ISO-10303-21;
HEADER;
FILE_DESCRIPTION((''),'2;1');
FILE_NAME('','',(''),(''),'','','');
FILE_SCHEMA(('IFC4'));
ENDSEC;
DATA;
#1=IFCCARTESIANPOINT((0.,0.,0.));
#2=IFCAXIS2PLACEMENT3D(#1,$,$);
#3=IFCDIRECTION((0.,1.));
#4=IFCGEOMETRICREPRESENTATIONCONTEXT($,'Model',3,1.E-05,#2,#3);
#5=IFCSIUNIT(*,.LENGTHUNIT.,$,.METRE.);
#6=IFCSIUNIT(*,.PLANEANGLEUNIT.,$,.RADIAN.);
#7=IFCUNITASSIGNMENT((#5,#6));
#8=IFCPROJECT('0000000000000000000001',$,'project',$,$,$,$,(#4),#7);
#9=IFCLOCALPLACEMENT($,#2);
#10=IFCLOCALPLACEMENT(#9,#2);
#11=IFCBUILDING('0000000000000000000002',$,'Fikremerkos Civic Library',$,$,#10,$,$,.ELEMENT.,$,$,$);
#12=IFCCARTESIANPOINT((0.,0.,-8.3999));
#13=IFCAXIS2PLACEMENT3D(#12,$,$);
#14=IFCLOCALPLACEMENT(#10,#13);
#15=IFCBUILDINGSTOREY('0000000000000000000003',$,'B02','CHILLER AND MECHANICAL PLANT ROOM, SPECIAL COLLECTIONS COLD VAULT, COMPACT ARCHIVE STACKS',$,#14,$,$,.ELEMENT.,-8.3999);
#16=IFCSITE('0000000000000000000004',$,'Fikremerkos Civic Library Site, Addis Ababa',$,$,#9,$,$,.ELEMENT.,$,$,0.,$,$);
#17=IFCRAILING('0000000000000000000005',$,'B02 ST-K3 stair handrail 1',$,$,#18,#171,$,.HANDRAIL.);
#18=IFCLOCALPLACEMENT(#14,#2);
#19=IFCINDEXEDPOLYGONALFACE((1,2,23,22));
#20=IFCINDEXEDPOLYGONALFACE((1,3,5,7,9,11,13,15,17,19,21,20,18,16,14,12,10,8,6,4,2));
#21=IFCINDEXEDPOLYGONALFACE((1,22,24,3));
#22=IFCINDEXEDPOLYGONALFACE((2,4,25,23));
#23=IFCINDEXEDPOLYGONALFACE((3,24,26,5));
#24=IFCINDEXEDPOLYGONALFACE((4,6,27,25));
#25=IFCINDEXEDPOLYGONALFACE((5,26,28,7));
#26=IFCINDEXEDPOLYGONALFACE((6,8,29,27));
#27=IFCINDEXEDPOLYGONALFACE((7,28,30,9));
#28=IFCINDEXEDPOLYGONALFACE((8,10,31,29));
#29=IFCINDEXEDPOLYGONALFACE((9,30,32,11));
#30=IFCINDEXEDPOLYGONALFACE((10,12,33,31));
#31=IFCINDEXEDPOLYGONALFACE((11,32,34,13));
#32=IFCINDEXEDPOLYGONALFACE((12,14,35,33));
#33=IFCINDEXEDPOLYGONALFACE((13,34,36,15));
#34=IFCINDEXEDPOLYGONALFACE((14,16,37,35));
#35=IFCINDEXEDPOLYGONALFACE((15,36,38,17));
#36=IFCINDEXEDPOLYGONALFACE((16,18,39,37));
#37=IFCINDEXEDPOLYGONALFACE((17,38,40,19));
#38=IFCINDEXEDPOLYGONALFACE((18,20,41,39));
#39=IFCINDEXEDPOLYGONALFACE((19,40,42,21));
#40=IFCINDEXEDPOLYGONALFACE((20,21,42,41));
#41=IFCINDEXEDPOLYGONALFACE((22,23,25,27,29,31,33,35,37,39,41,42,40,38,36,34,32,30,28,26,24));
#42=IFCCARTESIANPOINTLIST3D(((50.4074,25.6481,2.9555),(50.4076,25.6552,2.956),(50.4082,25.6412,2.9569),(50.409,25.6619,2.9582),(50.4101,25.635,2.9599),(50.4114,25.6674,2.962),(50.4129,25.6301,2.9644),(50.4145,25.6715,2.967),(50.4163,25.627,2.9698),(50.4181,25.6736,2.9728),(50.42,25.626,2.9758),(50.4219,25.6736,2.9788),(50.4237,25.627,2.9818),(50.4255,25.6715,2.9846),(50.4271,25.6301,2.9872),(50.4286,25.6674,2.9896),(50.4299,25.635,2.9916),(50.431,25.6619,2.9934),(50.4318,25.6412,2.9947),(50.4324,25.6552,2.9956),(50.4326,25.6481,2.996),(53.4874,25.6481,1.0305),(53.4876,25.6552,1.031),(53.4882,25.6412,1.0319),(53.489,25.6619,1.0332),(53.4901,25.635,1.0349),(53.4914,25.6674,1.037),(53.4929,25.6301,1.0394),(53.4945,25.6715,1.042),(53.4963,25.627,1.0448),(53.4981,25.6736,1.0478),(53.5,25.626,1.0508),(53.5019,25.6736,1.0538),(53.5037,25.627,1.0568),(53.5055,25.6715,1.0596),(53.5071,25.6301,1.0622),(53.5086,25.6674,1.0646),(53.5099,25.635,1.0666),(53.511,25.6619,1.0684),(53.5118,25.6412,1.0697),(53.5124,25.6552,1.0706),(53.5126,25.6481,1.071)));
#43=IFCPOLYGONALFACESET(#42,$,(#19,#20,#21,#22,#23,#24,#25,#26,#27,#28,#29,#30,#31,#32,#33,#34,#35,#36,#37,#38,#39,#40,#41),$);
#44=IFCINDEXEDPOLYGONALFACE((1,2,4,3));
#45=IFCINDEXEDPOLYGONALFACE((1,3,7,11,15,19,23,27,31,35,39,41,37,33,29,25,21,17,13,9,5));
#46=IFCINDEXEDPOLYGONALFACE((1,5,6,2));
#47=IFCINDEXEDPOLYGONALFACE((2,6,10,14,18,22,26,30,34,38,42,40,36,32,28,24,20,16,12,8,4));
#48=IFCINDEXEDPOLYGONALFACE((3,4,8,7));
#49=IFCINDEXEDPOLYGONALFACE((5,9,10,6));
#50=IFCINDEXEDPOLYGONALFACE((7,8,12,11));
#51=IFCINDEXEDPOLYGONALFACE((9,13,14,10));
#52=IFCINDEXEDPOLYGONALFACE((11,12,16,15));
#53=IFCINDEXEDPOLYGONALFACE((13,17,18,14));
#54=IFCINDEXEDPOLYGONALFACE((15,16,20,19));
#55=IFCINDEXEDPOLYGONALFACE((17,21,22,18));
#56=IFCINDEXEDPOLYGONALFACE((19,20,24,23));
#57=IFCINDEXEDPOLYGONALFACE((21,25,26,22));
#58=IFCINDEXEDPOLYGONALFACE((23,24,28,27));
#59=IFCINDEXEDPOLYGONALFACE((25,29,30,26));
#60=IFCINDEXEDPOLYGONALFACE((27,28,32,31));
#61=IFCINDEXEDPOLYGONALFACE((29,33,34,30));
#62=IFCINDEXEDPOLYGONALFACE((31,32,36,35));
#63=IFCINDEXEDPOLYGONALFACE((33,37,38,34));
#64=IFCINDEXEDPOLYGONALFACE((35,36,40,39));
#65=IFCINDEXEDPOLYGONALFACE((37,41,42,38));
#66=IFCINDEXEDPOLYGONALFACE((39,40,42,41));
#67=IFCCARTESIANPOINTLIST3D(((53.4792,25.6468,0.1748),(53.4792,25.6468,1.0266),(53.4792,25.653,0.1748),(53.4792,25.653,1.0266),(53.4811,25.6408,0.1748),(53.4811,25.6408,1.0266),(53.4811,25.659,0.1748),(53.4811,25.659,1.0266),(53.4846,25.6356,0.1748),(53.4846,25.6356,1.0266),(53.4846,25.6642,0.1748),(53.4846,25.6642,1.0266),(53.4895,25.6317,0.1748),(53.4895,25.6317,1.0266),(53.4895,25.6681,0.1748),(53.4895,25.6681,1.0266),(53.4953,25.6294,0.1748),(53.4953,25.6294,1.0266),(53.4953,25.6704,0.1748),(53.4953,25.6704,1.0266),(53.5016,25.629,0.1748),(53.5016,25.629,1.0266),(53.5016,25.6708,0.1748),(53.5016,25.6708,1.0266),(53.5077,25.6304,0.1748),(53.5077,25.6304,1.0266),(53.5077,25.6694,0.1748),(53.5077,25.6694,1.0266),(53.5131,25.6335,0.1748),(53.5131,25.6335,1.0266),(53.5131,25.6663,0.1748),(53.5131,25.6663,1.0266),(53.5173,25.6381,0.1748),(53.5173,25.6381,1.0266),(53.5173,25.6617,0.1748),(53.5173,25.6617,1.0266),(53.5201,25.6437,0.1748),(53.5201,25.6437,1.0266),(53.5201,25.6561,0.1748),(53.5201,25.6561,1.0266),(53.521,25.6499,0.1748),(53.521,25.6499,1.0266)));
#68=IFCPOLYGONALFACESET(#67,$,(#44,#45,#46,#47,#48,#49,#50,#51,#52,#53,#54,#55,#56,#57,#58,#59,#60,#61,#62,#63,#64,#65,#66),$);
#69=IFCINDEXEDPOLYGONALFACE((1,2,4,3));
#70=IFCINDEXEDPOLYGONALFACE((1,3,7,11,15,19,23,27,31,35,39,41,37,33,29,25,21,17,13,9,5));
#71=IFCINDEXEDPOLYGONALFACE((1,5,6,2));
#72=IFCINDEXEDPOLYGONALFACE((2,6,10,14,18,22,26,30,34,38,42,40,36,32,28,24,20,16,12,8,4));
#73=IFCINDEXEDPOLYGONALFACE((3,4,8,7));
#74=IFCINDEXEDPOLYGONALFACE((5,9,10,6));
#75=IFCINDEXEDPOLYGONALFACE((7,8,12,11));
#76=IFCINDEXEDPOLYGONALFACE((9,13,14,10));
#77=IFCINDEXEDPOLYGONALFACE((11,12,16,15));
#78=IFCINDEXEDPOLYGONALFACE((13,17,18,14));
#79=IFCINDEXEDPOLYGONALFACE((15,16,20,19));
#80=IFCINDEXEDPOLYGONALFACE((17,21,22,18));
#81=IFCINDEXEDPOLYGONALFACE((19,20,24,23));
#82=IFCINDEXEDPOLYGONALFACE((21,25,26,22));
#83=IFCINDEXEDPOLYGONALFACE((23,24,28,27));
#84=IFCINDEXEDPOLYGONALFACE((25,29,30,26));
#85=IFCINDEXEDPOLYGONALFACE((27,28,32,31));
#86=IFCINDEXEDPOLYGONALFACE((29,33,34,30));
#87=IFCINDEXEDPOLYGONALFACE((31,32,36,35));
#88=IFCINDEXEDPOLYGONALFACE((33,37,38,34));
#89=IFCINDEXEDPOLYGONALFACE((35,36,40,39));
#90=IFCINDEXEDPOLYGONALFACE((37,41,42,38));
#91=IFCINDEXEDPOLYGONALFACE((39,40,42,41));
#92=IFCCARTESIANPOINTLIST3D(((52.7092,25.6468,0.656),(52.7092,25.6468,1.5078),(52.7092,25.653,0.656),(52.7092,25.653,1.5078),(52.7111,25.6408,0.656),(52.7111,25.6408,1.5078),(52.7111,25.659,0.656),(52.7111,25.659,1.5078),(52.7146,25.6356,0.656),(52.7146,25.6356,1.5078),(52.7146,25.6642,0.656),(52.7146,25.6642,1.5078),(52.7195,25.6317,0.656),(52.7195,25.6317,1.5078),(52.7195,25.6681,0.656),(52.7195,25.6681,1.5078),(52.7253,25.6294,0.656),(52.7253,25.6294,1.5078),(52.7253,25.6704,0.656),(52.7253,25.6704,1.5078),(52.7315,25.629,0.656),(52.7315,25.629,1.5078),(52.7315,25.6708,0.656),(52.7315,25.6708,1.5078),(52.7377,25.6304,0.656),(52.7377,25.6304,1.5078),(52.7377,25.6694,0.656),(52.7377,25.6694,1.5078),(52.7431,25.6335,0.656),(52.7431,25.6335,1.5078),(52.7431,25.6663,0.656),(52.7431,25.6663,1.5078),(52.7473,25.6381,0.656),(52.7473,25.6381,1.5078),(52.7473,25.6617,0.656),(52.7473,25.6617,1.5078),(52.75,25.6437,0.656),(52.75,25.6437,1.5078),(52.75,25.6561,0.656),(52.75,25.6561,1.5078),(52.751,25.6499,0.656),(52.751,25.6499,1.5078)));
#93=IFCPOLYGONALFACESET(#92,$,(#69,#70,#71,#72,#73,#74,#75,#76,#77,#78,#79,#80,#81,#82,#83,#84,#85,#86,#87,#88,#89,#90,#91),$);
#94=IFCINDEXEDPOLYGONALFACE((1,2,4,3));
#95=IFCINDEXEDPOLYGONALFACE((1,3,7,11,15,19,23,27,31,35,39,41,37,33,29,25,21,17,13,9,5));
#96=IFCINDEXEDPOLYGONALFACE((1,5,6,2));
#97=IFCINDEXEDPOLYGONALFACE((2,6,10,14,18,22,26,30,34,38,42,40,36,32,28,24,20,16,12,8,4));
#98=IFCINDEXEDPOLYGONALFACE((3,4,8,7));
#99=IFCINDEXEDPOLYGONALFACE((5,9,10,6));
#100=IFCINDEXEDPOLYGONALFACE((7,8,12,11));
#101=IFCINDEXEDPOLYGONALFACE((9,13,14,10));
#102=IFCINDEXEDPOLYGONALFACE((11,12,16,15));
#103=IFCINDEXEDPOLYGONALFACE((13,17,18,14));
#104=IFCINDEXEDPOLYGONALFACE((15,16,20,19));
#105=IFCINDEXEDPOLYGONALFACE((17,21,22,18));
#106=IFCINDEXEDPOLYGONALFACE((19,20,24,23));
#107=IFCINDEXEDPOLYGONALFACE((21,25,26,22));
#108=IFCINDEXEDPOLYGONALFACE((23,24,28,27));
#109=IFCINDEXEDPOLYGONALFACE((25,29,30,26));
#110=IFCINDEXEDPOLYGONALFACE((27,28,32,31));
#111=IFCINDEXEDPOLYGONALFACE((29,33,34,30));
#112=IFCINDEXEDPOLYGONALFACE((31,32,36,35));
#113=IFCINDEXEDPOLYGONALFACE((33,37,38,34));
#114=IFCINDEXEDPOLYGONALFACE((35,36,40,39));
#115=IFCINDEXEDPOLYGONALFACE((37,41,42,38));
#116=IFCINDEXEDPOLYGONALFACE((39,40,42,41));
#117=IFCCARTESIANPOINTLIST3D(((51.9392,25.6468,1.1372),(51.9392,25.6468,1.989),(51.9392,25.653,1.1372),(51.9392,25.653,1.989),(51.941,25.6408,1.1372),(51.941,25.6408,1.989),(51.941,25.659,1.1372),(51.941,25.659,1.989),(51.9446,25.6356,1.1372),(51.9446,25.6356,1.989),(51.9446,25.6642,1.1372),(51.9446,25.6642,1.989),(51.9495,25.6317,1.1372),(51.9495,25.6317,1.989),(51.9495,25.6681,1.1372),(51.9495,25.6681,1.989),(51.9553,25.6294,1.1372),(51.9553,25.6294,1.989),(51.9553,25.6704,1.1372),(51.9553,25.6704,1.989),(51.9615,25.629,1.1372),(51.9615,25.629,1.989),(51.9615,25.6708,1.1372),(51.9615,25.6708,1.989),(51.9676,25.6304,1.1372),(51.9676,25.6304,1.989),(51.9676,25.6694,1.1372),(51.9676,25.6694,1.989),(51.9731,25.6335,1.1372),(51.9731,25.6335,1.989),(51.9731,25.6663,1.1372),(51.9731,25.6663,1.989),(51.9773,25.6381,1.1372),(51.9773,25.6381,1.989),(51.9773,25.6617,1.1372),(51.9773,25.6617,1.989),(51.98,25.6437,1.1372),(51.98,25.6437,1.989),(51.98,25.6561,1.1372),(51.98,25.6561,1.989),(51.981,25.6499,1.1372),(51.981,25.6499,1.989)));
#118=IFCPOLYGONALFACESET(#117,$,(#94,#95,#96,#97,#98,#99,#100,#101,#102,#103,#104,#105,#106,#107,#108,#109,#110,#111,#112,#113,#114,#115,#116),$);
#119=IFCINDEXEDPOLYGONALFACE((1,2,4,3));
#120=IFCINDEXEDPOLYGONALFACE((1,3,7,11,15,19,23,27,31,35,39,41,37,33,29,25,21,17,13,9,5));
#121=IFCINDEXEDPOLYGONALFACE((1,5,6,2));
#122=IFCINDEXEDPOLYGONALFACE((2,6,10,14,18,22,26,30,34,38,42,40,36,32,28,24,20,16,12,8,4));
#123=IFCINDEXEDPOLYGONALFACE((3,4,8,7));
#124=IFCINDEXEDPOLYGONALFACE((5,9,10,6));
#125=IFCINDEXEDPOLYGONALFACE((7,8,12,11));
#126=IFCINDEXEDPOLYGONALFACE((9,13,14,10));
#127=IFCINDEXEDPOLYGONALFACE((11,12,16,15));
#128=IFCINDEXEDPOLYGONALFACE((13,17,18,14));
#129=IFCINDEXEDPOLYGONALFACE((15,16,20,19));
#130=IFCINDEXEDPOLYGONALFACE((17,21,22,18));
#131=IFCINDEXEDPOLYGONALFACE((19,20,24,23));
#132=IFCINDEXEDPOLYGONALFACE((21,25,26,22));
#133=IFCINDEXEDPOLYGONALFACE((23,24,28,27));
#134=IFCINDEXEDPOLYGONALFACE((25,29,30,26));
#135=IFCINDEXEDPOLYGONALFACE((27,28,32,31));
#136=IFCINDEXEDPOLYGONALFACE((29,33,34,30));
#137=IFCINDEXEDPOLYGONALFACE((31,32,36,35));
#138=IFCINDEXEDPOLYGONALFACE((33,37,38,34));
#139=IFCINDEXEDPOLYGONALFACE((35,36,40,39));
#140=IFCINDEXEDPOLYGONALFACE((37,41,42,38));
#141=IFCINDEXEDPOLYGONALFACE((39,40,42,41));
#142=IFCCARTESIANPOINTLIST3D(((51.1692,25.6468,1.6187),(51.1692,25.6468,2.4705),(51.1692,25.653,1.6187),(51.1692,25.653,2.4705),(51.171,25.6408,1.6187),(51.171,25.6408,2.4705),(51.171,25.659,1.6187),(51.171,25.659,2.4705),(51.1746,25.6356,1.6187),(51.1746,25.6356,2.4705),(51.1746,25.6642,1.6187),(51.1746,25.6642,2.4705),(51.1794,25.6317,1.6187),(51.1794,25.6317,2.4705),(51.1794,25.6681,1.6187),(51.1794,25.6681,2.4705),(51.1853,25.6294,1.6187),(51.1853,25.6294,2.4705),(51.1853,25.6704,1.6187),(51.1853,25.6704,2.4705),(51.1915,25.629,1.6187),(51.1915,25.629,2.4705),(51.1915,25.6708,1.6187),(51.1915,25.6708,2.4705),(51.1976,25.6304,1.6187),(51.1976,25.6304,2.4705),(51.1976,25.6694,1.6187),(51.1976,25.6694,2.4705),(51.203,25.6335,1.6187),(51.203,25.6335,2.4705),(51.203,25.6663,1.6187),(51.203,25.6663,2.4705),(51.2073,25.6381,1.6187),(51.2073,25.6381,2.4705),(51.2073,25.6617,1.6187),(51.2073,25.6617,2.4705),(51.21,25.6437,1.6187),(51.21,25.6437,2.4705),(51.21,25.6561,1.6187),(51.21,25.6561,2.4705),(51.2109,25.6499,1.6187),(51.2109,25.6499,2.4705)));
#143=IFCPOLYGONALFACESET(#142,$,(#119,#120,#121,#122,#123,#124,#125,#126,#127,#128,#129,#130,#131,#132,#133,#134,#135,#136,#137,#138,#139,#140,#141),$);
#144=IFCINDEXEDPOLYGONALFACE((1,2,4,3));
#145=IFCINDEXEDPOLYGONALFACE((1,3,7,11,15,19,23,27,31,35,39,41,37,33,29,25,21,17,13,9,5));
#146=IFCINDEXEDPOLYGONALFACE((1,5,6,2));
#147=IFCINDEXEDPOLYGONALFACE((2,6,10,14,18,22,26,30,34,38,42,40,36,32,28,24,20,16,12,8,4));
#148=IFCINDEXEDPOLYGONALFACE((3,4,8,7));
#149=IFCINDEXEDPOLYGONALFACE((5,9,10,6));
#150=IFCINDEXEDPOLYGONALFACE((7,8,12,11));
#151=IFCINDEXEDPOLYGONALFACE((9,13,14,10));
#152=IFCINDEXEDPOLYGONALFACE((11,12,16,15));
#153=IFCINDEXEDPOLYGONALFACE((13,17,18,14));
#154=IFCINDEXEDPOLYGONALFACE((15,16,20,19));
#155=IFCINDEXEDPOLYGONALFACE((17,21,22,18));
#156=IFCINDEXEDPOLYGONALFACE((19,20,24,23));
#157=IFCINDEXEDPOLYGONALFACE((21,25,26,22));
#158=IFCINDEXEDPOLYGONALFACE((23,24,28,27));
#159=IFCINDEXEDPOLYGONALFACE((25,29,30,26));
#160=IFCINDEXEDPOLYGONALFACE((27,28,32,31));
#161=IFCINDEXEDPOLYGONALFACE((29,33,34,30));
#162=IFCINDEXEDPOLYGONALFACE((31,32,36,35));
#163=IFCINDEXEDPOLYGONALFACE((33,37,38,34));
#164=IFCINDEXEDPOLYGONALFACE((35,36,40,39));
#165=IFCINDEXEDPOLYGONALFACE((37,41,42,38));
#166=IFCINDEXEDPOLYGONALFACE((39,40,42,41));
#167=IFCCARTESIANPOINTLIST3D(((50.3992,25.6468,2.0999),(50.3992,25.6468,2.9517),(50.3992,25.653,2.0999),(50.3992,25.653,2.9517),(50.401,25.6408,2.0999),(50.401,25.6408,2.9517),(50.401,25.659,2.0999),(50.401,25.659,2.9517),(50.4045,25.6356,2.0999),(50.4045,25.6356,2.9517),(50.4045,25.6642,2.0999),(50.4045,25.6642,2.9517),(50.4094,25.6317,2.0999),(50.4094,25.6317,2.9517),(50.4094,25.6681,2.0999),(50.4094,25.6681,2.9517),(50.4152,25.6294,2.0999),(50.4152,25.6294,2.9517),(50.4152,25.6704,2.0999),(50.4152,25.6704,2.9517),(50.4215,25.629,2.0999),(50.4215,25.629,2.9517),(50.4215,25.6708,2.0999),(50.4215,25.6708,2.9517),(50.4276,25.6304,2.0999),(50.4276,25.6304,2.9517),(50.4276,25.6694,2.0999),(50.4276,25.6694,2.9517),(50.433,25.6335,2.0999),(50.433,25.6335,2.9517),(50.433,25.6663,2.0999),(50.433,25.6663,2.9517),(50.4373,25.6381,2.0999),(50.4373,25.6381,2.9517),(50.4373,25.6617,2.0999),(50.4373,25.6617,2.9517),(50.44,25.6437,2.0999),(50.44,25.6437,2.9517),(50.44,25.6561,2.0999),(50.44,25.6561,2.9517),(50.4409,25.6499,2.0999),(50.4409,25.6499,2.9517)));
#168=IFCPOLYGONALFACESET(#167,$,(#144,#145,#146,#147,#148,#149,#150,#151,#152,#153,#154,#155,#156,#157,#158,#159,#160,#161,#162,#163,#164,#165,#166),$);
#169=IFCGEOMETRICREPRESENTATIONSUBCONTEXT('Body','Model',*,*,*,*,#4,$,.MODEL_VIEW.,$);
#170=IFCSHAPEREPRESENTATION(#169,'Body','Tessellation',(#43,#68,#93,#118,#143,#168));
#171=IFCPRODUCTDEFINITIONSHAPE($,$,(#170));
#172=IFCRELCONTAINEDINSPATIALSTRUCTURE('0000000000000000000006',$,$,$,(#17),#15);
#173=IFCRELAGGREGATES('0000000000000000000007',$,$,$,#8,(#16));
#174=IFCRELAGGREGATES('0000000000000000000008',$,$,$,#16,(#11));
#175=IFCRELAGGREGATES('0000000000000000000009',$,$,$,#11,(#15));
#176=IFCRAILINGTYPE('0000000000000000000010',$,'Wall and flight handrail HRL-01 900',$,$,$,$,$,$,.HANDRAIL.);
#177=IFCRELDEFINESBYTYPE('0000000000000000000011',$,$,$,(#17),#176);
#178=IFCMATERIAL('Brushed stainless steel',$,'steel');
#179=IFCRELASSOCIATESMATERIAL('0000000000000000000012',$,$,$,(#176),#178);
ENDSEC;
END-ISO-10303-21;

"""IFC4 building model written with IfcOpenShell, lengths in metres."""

from ifc_helpers import new_model, si_unit, direction, frame, origin, origin_2d, place, context, subcontext, project, spatial, circle, extrude, material, type_object, element, save


model = new_model("IFC4")

# Units and contexts
model_context = context("Model", 3, precision=1e-05, world=origin(), true_north=direction((0.0, 1.0)))
body_context = subcontext(model_context, "Body", "Model", "MODEL_VIEW")
ifc_project = project(units=[si_unit("LENGTHUNIT", "METRE"), si_unit("PLANEANGLEUNIT", "RADIAN")], contexts=[model_context])

# Site, building, storey
site_placement = place(None, origin())
site = spatial("IfcSite", under=ifc_project, at=site_placement, Name="Fikremerkos Civic Library Site, Addis Ababa", CompositionType="ELEMENT", RefElevation=0.0)
building_placement = place(site_placement, origin())
building = spatial("IfcBuilding", under=site, at=building_placement, Name="Fikremerkos Civic Library", CompositionType="ELEMENT")
storey_placement = place(building_placement, frame((0.0, 0.0, -8.3999)))
storey = spatial("IfcBuildingStorey", under=building, at=storey_placement, Name="B02", Description="CHILLER AND MECHANICAL PLANT ROOM, SPECIAL COLLECTIONS COLD VAULT, COMPACT ARCHIVE STACKS", CompositionType="ELEMENT", Elevation=-8.3999)

# Shared definitions
ifc_material_1 = material(Name="Brushed stainless steel", Category="steel")

# Railing
railing_type_1 = type_object("IfcRailingType", Name="Wall and flight handrail HRL-01 900", PredefinedType="HANDRAIL", material=ifc_material_1)
railing_1_placement = place(storey_placement, frame((53.5, 25.6499, 0.1748)))
element("IfcRailing", 1, at=railing_1_placement, inside=storey, type_object=railing_type_1, Name="B02 ST-K3 stair handrail 1", PredefinedType="HANDRAIL", context=body_context, shape_type="SweptSolid", body=[
    extrude(circle(Radius=0.0239, at=origin_2d()), frame((0.0, 0.0, 0.876), z_axis=(-0.847998, 0.0, 0.529999), x_axis=(0.0, -1.0, 0.0)), (0.0, 0.0, 1.0), 3.6321),
    extrude(circle(Radius=0.021, at=origin_2d()), origin(), (0.0, 0.0, 1.0), 0.8518),
    extrude(circle(Radius=0.021, at=origin_2d()), frame((-0.77, 0.0, 0.4812)), (0.0, 0.0, 1.0), 0.8518),
    extrude(circle(Radius=0.021, at=origin_2d()), frame((-1.54, 0.0, 0.9624)), (0.0, 0.0, 1.0), 0.8518),
    extrude(circle(Radius=0.021, at=origin_2d()), frame((-2.3101, 0.0, 1.4438)), (0.0, 0.0, 1.0), 0.8518),
    extrude(circle(Radius=0.021, at=origin_2d()), frame((-3.0801, 0.0, 1.925)), (0.0, 0.0, 1.0), 0.8518),
])

save(model, "model.ifc")
